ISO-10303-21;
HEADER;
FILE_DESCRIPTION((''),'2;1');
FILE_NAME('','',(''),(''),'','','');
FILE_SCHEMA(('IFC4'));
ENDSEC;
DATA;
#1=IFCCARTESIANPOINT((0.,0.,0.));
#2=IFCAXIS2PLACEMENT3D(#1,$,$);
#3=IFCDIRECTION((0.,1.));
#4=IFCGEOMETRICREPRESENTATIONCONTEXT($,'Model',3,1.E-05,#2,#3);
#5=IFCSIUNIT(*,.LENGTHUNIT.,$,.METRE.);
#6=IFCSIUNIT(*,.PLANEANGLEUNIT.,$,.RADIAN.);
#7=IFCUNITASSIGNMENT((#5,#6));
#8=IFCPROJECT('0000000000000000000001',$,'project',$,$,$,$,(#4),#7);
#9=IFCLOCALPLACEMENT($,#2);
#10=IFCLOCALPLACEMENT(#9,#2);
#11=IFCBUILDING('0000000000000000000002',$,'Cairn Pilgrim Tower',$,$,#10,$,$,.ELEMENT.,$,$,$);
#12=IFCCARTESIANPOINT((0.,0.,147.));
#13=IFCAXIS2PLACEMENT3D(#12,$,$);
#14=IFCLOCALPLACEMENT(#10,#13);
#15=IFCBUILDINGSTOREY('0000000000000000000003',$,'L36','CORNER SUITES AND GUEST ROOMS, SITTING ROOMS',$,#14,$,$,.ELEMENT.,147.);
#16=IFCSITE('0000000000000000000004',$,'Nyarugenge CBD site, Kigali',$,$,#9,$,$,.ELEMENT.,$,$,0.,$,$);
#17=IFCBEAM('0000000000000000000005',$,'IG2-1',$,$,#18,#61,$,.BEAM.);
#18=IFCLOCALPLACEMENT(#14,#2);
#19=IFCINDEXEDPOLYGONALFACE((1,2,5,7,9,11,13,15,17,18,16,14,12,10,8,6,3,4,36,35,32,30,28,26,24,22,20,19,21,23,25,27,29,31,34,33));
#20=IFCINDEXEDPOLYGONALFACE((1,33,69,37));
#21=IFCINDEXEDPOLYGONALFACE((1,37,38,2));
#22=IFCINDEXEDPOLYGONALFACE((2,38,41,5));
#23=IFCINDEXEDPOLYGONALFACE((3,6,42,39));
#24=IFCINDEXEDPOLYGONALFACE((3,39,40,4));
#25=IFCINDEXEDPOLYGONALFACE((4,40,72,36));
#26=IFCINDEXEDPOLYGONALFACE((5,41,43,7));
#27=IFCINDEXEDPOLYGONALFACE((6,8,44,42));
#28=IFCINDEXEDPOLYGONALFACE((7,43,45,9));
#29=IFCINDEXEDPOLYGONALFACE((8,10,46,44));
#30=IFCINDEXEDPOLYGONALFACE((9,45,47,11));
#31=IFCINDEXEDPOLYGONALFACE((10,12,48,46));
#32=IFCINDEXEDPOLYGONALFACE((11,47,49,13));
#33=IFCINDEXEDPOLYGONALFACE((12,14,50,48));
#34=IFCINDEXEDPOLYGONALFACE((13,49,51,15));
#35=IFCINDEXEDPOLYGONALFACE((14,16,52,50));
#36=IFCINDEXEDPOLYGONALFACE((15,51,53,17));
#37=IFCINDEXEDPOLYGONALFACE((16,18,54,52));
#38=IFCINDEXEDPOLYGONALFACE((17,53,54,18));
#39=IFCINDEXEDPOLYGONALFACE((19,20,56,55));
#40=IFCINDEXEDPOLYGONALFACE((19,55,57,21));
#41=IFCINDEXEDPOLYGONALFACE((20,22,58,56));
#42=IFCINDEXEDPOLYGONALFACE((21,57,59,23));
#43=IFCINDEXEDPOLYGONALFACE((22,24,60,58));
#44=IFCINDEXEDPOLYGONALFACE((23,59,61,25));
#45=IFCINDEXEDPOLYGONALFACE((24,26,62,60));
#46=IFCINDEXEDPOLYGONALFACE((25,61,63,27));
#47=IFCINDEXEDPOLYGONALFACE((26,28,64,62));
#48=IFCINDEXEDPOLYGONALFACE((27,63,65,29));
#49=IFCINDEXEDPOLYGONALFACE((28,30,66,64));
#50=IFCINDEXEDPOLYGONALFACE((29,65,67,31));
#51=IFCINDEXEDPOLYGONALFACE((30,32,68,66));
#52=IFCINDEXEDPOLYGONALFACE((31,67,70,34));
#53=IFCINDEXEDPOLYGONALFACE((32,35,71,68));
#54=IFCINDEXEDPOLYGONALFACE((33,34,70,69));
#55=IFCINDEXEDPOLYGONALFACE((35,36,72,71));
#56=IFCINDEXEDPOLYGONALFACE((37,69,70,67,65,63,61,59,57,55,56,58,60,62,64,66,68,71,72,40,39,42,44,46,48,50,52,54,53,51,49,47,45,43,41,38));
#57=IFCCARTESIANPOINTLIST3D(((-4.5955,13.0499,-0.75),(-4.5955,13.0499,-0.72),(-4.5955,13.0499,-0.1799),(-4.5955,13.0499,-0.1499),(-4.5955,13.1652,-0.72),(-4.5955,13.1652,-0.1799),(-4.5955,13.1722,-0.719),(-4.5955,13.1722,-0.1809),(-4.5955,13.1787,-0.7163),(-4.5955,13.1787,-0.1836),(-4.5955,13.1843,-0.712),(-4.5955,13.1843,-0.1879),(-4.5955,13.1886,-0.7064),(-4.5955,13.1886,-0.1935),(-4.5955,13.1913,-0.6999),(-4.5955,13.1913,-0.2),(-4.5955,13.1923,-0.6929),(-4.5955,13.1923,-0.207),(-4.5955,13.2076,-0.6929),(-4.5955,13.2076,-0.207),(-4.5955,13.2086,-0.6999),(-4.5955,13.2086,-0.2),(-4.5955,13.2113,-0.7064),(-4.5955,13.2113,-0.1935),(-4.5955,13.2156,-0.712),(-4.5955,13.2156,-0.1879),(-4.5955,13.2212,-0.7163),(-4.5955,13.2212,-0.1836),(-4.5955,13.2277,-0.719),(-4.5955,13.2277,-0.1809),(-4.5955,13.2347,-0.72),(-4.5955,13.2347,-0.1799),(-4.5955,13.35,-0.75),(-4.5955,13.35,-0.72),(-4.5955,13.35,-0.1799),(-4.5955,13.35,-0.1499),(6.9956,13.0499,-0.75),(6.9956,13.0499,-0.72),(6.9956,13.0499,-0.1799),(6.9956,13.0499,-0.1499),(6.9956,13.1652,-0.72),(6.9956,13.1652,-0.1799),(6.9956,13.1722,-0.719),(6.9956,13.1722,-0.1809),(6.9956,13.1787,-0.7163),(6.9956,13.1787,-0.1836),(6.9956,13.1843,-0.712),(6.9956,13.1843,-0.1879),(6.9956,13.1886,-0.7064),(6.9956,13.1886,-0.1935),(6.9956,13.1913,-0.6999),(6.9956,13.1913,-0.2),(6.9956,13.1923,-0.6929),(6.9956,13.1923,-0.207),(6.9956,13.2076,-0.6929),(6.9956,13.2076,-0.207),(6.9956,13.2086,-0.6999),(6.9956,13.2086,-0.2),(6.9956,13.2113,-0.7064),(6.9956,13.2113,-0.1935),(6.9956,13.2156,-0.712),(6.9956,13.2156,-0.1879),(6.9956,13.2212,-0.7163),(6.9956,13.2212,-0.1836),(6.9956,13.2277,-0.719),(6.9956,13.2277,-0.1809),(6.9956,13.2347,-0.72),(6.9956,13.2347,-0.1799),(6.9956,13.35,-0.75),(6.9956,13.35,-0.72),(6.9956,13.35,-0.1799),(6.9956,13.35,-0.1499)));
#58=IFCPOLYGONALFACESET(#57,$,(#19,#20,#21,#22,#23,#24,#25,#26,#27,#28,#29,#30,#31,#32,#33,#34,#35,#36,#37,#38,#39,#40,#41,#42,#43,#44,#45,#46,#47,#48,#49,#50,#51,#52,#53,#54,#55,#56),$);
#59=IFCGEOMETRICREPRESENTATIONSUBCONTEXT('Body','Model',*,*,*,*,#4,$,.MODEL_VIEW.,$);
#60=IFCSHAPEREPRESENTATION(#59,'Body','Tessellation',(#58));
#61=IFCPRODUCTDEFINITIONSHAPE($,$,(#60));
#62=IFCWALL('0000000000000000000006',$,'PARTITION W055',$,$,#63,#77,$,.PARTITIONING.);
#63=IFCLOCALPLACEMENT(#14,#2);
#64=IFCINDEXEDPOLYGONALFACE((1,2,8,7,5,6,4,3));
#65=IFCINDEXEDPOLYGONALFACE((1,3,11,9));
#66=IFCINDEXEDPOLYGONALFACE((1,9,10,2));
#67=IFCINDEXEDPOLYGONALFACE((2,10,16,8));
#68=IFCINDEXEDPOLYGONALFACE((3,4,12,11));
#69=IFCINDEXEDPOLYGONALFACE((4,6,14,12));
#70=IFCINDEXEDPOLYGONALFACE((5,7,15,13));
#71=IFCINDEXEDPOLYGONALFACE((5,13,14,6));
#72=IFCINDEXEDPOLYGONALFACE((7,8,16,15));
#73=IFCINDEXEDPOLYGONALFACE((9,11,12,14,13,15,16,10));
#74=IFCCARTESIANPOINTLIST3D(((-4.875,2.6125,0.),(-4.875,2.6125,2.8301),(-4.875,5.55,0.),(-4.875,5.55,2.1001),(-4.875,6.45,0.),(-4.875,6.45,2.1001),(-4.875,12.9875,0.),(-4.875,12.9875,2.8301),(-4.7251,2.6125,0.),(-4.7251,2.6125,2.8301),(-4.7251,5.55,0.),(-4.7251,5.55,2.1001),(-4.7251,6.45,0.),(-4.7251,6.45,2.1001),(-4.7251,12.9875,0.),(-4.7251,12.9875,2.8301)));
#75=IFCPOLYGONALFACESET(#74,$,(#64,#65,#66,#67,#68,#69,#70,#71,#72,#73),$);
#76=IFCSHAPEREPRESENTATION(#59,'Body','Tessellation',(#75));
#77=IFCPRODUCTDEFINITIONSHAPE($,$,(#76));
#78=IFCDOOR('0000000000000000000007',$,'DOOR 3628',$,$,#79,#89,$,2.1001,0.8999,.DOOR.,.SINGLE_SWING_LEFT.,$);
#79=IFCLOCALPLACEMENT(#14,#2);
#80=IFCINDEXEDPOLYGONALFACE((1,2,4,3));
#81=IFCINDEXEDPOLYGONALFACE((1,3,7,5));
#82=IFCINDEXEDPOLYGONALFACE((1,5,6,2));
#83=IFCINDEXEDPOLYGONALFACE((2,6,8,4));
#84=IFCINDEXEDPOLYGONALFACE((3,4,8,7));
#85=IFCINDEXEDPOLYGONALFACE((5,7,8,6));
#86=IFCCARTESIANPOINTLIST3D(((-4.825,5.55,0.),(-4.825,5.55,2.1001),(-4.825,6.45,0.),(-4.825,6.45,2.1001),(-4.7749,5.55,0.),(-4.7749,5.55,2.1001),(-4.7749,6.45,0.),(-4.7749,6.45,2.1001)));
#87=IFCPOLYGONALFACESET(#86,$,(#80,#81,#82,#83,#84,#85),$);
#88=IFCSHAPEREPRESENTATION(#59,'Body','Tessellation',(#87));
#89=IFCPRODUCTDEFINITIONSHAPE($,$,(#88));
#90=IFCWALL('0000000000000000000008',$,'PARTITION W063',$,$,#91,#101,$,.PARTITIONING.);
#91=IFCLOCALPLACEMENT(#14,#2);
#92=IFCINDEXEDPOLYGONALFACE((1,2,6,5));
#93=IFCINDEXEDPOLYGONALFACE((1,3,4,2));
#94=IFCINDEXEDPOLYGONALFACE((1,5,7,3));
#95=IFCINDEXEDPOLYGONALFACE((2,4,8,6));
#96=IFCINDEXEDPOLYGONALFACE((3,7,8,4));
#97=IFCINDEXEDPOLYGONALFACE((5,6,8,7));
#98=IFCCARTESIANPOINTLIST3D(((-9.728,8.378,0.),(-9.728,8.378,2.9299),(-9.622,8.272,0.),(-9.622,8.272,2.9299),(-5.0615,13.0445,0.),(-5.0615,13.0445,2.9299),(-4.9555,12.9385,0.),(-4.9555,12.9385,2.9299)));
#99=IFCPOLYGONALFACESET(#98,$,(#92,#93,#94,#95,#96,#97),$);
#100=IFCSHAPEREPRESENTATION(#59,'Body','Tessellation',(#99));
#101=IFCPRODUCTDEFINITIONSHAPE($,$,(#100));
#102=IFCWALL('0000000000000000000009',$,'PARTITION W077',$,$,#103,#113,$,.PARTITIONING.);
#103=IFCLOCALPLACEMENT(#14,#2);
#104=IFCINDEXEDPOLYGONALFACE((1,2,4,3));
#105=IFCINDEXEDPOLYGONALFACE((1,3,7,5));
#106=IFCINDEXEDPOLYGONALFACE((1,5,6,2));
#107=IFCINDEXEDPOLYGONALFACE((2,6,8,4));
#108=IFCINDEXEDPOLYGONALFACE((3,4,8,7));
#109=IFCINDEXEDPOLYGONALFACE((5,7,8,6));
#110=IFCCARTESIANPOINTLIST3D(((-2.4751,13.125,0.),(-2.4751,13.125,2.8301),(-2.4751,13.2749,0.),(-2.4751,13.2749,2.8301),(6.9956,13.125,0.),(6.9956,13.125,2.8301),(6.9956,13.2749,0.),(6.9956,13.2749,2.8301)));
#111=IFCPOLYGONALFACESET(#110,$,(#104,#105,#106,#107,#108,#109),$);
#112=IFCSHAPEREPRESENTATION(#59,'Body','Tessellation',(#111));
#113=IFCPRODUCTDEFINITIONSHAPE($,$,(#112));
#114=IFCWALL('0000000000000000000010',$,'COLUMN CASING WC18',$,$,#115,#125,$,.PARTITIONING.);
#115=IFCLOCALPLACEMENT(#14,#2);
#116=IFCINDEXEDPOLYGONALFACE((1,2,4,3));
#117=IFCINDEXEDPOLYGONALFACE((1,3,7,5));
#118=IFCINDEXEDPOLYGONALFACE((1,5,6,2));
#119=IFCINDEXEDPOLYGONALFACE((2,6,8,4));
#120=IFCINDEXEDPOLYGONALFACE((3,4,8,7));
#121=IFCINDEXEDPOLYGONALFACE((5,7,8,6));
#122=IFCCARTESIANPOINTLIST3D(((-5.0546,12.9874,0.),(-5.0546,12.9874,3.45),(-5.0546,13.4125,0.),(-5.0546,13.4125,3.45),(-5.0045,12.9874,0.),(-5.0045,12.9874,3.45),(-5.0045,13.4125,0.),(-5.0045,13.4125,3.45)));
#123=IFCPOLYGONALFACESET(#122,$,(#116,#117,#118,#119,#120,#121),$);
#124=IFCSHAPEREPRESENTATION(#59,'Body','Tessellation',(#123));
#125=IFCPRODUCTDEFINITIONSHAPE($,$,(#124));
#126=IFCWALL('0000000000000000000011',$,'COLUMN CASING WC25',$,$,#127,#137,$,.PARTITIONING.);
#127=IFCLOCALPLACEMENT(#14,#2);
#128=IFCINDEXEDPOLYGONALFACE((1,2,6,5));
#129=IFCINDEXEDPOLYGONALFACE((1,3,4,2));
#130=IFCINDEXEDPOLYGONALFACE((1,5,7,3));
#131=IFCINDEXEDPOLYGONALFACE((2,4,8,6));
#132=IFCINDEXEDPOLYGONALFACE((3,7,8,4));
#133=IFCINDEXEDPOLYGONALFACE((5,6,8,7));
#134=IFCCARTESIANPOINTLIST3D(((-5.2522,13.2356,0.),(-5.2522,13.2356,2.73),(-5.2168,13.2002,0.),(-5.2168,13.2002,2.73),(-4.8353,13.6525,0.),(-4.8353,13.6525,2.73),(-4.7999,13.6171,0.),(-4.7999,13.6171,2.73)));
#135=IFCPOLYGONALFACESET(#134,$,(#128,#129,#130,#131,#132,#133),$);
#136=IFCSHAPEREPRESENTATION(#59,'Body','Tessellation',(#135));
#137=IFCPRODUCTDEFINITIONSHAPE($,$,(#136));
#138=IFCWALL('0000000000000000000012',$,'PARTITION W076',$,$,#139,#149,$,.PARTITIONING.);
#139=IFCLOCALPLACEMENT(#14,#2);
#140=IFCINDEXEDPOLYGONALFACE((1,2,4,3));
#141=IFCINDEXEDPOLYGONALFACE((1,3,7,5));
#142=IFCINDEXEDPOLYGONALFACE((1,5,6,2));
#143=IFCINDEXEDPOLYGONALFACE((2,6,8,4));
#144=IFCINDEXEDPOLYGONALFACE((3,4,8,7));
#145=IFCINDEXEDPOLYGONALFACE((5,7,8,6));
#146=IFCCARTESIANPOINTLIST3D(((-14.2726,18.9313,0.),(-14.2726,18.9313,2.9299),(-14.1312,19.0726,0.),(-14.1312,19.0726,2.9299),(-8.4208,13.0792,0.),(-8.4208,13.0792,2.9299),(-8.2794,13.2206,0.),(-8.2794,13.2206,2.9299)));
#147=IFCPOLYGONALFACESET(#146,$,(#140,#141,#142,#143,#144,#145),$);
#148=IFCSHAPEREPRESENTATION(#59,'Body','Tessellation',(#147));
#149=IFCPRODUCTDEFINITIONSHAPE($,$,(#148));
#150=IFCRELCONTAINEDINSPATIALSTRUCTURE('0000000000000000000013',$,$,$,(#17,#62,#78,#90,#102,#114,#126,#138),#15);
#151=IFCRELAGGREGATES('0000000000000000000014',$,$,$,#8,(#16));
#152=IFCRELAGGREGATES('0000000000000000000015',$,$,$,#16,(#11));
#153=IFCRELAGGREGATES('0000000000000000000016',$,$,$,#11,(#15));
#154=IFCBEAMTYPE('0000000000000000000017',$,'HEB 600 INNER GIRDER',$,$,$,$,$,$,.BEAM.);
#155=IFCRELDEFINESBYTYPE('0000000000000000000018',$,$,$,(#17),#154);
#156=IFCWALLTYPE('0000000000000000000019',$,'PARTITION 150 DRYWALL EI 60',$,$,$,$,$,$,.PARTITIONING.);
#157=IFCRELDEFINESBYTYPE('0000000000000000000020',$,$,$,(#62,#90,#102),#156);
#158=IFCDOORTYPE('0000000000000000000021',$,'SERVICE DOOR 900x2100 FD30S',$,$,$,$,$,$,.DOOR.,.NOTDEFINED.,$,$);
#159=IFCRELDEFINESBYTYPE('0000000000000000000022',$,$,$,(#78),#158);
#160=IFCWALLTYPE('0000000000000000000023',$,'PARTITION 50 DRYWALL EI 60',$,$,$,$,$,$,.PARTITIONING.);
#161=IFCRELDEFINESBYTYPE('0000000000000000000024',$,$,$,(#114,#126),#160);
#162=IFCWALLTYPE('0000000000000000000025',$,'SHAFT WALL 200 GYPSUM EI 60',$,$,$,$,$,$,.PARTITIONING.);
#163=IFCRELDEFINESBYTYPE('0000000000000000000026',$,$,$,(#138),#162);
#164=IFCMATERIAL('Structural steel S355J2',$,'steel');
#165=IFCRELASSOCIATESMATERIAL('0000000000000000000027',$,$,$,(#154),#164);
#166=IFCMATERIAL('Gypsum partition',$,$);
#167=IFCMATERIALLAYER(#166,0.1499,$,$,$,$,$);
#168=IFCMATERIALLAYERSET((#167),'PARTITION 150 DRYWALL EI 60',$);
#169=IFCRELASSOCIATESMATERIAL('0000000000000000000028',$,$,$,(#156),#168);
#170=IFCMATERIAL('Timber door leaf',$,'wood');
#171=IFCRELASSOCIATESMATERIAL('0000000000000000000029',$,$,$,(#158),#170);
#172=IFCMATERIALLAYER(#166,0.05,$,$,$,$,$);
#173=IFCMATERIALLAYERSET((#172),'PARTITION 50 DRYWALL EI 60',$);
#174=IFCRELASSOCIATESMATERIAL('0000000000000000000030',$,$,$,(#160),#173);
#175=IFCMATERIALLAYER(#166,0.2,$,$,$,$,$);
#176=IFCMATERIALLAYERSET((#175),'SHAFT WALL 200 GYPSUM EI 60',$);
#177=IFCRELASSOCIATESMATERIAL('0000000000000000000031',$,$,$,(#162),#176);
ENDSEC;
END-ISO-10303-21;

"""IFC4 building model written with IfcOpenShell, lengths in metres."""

from ifc_helpers import new_model, si_unit, direction, frame, frame_2d, origin, origin_2d, place, context, subcontext, project, spatial, rectangle, i_section, extrude, material, layer, layer_set, material_profile, profile_set, type_object, element, fill, save


model = new_model("IFC4")

# Units and contexts
model_context = context("Model", 3, precision=1e-05, world=origin(), true_north=direction((0.0, 1.0)))
body_context = subcontext(model_context, "Body", "Model", "MODEL_VIEW")
ifc_project = project(units=[si_unit("LENGTHUNIT", "METRE"), si_unit("PLANEANGLEUNIT", "RADIAN")], contexts=[model_context])

# Site, building, storey
site_placement = place(None, origin())
site = spatial("IfcSite", under=ifc_project, at=site_placement, Name="Nyarugenge CBD site, Kigali", CompositionType="ELEMENT", RefElevation=0.0)
building_placement = place(site_placement, origin())
building = spatial("IfcBuilding", under=site, at=building_placement, Name="Cairn Pilgrim Tower", CompositionType="ELEMENT")
storey_placement = place(building_placement, frame((0.0, 0.0, 147.0)))
storey = spatial("IfcBuildingStorey", under=building, at=storey_placement, Name="L36", Description="CORNER SUITES AND GUEST ROOMS, SITTING ROOMS", CompositionType="ELEMENT", Elevation=147.0)

# Beam
ifc_material_1 = material(Name="Structural steel S355J2", Category="steel")
ifc_material_profile_1 = material_profile(ifc_material_1, i_section(OverallWidth=0.3, OverallDepth=0.6001, WebThickness=0.0154, FlangeThickness=0.03, FilletRadius=0.0271, at=origin_2d()), Name="HEB 600")
ifc_profile_set_1 = profile_set([ifc_material_profile_1], Name="Structural steel S355J2")
beam_type_1 = type_object("IfcBeamType", Name="HEB 600 INNER GIRDER", PredefinedType="BEAM", material=ifc_profile_set_1)
beam_1_placement = place(storey_placement, frame((-4.5955, 13.2, -0.45), z_axis=(1.0, 0.0, 0.0), x_axis=(0.0, 1.0, 0.0)))
element("IfcBeam", 1, at=beam_1_placement, inside=storey, type_object=beam_type_1, Name="IG2-1", PredefinedType="BEAM", context=body_context, shape_type="SweptSolid", body=[
    extrude(i_section(OverallWidth=0.3, OverallDepth=0.6001, WebThickness=0.0154, FlangeThickness=0.03, FilletRadius=0.0271, at=origin_2d()), origin(), (0.0, 0.0, 1.0), 11.5911),
])

# Wall, opening, door
ifc_material_2 = material(Name="Gypsum partition")
ifc_layer_1 = layer(ifc_material_2, 0.1499)
ifc_layer_set_1 = layer_set([ifc_layer_1], Name="PARTITION 150 DRYWALL EI 60")
wall_type_1 = type_object("IfcWallType", Name="PARTITION 150 DRYWALL EI 60", PredefinedType="PARTITIONING", material=ifc_layer_set_1)
wall_1_placement = place(storey_placement, frame((-4.8, 2.6125, 0.0), z_axis=(0.0, 0.0, 1.0), x_axis=(0.0, 1.0, 0.0)))
wall_1 = element("IfcWall", 2, at=wall_1_placement, inside=storey, type_object=wall_type_1, Name="PARTITION W055", PredefinedType="PARTITIONING", context=body_context, shape_type="SweptSolid", body=[
    extrude(rectangle(XDim=10.375, YDim=0.1499, at=frame_2d((5.1875, 0.0))), origin(), (0.0, 0.0, 1.0), 2.8301),
])
opening_placement = place(wall_1_placement, frame((2.9375, 0.0, 0.0)))
opening = element("IfcOpeningElement", 3, at=opening_placement, cuts=wall_1, PredefinedType="OPENING", context=body_context, shape_type="SweptSolid", body=[
    extrude(rectangle(XDim=0.8999, YDim=2.1001, at=frame_2d((0.45, 1.05))), frame((0.0, 0.085, 0.0), z_axis=(0.0, -1.0, 0.0), x_axis=(1.0, 0.0, 0.0)), (0.0, 0.0, 1.0), 0.1699),
])
ifc_material_3 = material(Name="Timber door leaf", Category="wood")
door_type = type_object("IfcDoorType", Name="SERVICE DOOR 900x2100 FD30S", OperationType="NOTDEFINED", PredefinedType="DOOR", material=ifc_material_3)
door_placement = place(opening_placement, origin())
door = element("IfcDoor", 4, at=door_placement, inside=storey, type_object=door_type, Name="DOOR 3628", OperationType="SINGLE_SWING_LEFT", OverallHeight=2.1001, OverallWidth=0.8999, PredefinedType="DOOR", context=body_context, shape_type="SweptSolid", body=[
    extrude(rectangle(XDim=0.8999, YDim=2.1001, at=frame_2d((0.45, 1.05))), frame((0.0, 0.0249, 0.0), z_axis=(0.0, -1.0, 0.0), x_axis=(1.0, 0.0, 0.0)), (0.0, 0.0, 1.0), 0.05),
])
fill(opening, door)

# Walls
wall_2_placement = place(storey_placement, frame((-9.675, 8.325, 0.0), z_axis=(0.0, 0.0, 1.0), x_axis=(0.707107, 0.707107, 0.0)))
element("IfcWall", 5, at=wall_2_placement, inside=storey, type_object=wall_type_1, Name="PARTITION W063", PredefinedType="PARTITIONING", context=body_context, shape_type="SweptSolid", body=[
    extrude(rectangle(XDim=6.5994, YDim=0.1499, at=frame_2d((3.2998, 0.0))), origin(), (0.0, 0.0, 1.0), 2.9299),
])
wall_3_placement = place(storey_placement, frame((-2.4751, 13.2, 0.0), z_axis=(0.0, 0.0, 1.0), x_axis=(1.0, 0.0, 0.0)))
element("IfcWall", 6, at=wall_3_placement, inside=storey, type_object=wall_type_1, Name="PARTITION W077", PredefinedType="PARTITIONING", context=body_context, shape_type="SweptSolid", body=[
    extrude(rectangle(XDim=9.4707, YDim=0.1499, at=frame_2d((4.7354, 0.0))), origin(), (0.0, 0.0, 1.0), 2.8301),
])
ifc_layer_2 = layer(ifc_material_2, 0.05)
ifc_layer_set_2 = layer_set([ifc_layer_2], Name="PARTITION 50 DRYWALL EI 60")
wall_type_2 = type_object("IfcWallType", Name="PARTITION 50 DRYWALL EI 60", PredefinedType="PARTITIONING", material=ifc_layer_set_2)
wall_4_placement = place(storey_placement, frame((-5.0295, 12.9875, 0.0), z_axis=(0.0, 0.0, 1.0), x_axis=(0.0, 1.0, 0.0)))
element("IfcWall", 7, at=wall_4_placement, inside=storey, type_object=wall_type_2, Name="COLUMN CASING WC18", PredefinedType="PARTITIONING", context=body_context, shape_type="SweptSolid", body=[
    extrude(rectangle(XDim=0.425, YDim=0.05, at=frame_2d((0.2124, 0.0))), origin(), (0.0, 0.0, 1.0), 3.45),
])
wall_5_placement = place(storey_placement, frame((-5.2346, 13.2178, 0.0), z_axis=(0.0, 0.0, 1.0), x_axis=(0.707107, 0.707107, 0.0)))
element("IfcWall", 8, at=wall_5_placement, inside=storey, type_object=wall_type_2, Name="COLUMN CASING WC25", PredefinedType="PARTITIONING", context=body_context, shape_type="SweptSolid", body=[
    extrude(rectangle(XDim=0.5896, YDim=0.05, at=frame_2d((0.2949, 0.0))), origin(), (0.0, 0.0, 1.0), 2.73),
])
ifc_layer_3 = layer(ifc_material_2, 0.2)
ifc_layer_set_3 = layer_set([ifc_layer_3], Name="SHAFT WALL 200 GYPSUM EI 60")
wall_type_3 = type_object("IfcWallType", Name="SHAFT WALL 200 GYPSUM EI 60", PredefinedType="PARTITIONING", material=ifc_layer_set_3)
wall_6_placement = place(storey_placement, frame((-8.3501, 13.1499, 0.0), z_axis=(0.0, 0.0, 1.0), x_axis=(-0.707092, 0.707122, 0.0)))
element("IfcWall", 9, at=wall_6_placement, inside=storey, type_object=wall_type_3, Name="PARTITION W076", PredefinedType="PARTITIONING", context=body_context, shape_type="SweptSolid", body=[
    extrude(rectangle(XDim=8.2759, YDim=0.2, at=frame_2d((4.1379, 0.0))), origin(), (0.0, 0.0, 1.0), 2.9299),
])

save(model, "model.ifc")
